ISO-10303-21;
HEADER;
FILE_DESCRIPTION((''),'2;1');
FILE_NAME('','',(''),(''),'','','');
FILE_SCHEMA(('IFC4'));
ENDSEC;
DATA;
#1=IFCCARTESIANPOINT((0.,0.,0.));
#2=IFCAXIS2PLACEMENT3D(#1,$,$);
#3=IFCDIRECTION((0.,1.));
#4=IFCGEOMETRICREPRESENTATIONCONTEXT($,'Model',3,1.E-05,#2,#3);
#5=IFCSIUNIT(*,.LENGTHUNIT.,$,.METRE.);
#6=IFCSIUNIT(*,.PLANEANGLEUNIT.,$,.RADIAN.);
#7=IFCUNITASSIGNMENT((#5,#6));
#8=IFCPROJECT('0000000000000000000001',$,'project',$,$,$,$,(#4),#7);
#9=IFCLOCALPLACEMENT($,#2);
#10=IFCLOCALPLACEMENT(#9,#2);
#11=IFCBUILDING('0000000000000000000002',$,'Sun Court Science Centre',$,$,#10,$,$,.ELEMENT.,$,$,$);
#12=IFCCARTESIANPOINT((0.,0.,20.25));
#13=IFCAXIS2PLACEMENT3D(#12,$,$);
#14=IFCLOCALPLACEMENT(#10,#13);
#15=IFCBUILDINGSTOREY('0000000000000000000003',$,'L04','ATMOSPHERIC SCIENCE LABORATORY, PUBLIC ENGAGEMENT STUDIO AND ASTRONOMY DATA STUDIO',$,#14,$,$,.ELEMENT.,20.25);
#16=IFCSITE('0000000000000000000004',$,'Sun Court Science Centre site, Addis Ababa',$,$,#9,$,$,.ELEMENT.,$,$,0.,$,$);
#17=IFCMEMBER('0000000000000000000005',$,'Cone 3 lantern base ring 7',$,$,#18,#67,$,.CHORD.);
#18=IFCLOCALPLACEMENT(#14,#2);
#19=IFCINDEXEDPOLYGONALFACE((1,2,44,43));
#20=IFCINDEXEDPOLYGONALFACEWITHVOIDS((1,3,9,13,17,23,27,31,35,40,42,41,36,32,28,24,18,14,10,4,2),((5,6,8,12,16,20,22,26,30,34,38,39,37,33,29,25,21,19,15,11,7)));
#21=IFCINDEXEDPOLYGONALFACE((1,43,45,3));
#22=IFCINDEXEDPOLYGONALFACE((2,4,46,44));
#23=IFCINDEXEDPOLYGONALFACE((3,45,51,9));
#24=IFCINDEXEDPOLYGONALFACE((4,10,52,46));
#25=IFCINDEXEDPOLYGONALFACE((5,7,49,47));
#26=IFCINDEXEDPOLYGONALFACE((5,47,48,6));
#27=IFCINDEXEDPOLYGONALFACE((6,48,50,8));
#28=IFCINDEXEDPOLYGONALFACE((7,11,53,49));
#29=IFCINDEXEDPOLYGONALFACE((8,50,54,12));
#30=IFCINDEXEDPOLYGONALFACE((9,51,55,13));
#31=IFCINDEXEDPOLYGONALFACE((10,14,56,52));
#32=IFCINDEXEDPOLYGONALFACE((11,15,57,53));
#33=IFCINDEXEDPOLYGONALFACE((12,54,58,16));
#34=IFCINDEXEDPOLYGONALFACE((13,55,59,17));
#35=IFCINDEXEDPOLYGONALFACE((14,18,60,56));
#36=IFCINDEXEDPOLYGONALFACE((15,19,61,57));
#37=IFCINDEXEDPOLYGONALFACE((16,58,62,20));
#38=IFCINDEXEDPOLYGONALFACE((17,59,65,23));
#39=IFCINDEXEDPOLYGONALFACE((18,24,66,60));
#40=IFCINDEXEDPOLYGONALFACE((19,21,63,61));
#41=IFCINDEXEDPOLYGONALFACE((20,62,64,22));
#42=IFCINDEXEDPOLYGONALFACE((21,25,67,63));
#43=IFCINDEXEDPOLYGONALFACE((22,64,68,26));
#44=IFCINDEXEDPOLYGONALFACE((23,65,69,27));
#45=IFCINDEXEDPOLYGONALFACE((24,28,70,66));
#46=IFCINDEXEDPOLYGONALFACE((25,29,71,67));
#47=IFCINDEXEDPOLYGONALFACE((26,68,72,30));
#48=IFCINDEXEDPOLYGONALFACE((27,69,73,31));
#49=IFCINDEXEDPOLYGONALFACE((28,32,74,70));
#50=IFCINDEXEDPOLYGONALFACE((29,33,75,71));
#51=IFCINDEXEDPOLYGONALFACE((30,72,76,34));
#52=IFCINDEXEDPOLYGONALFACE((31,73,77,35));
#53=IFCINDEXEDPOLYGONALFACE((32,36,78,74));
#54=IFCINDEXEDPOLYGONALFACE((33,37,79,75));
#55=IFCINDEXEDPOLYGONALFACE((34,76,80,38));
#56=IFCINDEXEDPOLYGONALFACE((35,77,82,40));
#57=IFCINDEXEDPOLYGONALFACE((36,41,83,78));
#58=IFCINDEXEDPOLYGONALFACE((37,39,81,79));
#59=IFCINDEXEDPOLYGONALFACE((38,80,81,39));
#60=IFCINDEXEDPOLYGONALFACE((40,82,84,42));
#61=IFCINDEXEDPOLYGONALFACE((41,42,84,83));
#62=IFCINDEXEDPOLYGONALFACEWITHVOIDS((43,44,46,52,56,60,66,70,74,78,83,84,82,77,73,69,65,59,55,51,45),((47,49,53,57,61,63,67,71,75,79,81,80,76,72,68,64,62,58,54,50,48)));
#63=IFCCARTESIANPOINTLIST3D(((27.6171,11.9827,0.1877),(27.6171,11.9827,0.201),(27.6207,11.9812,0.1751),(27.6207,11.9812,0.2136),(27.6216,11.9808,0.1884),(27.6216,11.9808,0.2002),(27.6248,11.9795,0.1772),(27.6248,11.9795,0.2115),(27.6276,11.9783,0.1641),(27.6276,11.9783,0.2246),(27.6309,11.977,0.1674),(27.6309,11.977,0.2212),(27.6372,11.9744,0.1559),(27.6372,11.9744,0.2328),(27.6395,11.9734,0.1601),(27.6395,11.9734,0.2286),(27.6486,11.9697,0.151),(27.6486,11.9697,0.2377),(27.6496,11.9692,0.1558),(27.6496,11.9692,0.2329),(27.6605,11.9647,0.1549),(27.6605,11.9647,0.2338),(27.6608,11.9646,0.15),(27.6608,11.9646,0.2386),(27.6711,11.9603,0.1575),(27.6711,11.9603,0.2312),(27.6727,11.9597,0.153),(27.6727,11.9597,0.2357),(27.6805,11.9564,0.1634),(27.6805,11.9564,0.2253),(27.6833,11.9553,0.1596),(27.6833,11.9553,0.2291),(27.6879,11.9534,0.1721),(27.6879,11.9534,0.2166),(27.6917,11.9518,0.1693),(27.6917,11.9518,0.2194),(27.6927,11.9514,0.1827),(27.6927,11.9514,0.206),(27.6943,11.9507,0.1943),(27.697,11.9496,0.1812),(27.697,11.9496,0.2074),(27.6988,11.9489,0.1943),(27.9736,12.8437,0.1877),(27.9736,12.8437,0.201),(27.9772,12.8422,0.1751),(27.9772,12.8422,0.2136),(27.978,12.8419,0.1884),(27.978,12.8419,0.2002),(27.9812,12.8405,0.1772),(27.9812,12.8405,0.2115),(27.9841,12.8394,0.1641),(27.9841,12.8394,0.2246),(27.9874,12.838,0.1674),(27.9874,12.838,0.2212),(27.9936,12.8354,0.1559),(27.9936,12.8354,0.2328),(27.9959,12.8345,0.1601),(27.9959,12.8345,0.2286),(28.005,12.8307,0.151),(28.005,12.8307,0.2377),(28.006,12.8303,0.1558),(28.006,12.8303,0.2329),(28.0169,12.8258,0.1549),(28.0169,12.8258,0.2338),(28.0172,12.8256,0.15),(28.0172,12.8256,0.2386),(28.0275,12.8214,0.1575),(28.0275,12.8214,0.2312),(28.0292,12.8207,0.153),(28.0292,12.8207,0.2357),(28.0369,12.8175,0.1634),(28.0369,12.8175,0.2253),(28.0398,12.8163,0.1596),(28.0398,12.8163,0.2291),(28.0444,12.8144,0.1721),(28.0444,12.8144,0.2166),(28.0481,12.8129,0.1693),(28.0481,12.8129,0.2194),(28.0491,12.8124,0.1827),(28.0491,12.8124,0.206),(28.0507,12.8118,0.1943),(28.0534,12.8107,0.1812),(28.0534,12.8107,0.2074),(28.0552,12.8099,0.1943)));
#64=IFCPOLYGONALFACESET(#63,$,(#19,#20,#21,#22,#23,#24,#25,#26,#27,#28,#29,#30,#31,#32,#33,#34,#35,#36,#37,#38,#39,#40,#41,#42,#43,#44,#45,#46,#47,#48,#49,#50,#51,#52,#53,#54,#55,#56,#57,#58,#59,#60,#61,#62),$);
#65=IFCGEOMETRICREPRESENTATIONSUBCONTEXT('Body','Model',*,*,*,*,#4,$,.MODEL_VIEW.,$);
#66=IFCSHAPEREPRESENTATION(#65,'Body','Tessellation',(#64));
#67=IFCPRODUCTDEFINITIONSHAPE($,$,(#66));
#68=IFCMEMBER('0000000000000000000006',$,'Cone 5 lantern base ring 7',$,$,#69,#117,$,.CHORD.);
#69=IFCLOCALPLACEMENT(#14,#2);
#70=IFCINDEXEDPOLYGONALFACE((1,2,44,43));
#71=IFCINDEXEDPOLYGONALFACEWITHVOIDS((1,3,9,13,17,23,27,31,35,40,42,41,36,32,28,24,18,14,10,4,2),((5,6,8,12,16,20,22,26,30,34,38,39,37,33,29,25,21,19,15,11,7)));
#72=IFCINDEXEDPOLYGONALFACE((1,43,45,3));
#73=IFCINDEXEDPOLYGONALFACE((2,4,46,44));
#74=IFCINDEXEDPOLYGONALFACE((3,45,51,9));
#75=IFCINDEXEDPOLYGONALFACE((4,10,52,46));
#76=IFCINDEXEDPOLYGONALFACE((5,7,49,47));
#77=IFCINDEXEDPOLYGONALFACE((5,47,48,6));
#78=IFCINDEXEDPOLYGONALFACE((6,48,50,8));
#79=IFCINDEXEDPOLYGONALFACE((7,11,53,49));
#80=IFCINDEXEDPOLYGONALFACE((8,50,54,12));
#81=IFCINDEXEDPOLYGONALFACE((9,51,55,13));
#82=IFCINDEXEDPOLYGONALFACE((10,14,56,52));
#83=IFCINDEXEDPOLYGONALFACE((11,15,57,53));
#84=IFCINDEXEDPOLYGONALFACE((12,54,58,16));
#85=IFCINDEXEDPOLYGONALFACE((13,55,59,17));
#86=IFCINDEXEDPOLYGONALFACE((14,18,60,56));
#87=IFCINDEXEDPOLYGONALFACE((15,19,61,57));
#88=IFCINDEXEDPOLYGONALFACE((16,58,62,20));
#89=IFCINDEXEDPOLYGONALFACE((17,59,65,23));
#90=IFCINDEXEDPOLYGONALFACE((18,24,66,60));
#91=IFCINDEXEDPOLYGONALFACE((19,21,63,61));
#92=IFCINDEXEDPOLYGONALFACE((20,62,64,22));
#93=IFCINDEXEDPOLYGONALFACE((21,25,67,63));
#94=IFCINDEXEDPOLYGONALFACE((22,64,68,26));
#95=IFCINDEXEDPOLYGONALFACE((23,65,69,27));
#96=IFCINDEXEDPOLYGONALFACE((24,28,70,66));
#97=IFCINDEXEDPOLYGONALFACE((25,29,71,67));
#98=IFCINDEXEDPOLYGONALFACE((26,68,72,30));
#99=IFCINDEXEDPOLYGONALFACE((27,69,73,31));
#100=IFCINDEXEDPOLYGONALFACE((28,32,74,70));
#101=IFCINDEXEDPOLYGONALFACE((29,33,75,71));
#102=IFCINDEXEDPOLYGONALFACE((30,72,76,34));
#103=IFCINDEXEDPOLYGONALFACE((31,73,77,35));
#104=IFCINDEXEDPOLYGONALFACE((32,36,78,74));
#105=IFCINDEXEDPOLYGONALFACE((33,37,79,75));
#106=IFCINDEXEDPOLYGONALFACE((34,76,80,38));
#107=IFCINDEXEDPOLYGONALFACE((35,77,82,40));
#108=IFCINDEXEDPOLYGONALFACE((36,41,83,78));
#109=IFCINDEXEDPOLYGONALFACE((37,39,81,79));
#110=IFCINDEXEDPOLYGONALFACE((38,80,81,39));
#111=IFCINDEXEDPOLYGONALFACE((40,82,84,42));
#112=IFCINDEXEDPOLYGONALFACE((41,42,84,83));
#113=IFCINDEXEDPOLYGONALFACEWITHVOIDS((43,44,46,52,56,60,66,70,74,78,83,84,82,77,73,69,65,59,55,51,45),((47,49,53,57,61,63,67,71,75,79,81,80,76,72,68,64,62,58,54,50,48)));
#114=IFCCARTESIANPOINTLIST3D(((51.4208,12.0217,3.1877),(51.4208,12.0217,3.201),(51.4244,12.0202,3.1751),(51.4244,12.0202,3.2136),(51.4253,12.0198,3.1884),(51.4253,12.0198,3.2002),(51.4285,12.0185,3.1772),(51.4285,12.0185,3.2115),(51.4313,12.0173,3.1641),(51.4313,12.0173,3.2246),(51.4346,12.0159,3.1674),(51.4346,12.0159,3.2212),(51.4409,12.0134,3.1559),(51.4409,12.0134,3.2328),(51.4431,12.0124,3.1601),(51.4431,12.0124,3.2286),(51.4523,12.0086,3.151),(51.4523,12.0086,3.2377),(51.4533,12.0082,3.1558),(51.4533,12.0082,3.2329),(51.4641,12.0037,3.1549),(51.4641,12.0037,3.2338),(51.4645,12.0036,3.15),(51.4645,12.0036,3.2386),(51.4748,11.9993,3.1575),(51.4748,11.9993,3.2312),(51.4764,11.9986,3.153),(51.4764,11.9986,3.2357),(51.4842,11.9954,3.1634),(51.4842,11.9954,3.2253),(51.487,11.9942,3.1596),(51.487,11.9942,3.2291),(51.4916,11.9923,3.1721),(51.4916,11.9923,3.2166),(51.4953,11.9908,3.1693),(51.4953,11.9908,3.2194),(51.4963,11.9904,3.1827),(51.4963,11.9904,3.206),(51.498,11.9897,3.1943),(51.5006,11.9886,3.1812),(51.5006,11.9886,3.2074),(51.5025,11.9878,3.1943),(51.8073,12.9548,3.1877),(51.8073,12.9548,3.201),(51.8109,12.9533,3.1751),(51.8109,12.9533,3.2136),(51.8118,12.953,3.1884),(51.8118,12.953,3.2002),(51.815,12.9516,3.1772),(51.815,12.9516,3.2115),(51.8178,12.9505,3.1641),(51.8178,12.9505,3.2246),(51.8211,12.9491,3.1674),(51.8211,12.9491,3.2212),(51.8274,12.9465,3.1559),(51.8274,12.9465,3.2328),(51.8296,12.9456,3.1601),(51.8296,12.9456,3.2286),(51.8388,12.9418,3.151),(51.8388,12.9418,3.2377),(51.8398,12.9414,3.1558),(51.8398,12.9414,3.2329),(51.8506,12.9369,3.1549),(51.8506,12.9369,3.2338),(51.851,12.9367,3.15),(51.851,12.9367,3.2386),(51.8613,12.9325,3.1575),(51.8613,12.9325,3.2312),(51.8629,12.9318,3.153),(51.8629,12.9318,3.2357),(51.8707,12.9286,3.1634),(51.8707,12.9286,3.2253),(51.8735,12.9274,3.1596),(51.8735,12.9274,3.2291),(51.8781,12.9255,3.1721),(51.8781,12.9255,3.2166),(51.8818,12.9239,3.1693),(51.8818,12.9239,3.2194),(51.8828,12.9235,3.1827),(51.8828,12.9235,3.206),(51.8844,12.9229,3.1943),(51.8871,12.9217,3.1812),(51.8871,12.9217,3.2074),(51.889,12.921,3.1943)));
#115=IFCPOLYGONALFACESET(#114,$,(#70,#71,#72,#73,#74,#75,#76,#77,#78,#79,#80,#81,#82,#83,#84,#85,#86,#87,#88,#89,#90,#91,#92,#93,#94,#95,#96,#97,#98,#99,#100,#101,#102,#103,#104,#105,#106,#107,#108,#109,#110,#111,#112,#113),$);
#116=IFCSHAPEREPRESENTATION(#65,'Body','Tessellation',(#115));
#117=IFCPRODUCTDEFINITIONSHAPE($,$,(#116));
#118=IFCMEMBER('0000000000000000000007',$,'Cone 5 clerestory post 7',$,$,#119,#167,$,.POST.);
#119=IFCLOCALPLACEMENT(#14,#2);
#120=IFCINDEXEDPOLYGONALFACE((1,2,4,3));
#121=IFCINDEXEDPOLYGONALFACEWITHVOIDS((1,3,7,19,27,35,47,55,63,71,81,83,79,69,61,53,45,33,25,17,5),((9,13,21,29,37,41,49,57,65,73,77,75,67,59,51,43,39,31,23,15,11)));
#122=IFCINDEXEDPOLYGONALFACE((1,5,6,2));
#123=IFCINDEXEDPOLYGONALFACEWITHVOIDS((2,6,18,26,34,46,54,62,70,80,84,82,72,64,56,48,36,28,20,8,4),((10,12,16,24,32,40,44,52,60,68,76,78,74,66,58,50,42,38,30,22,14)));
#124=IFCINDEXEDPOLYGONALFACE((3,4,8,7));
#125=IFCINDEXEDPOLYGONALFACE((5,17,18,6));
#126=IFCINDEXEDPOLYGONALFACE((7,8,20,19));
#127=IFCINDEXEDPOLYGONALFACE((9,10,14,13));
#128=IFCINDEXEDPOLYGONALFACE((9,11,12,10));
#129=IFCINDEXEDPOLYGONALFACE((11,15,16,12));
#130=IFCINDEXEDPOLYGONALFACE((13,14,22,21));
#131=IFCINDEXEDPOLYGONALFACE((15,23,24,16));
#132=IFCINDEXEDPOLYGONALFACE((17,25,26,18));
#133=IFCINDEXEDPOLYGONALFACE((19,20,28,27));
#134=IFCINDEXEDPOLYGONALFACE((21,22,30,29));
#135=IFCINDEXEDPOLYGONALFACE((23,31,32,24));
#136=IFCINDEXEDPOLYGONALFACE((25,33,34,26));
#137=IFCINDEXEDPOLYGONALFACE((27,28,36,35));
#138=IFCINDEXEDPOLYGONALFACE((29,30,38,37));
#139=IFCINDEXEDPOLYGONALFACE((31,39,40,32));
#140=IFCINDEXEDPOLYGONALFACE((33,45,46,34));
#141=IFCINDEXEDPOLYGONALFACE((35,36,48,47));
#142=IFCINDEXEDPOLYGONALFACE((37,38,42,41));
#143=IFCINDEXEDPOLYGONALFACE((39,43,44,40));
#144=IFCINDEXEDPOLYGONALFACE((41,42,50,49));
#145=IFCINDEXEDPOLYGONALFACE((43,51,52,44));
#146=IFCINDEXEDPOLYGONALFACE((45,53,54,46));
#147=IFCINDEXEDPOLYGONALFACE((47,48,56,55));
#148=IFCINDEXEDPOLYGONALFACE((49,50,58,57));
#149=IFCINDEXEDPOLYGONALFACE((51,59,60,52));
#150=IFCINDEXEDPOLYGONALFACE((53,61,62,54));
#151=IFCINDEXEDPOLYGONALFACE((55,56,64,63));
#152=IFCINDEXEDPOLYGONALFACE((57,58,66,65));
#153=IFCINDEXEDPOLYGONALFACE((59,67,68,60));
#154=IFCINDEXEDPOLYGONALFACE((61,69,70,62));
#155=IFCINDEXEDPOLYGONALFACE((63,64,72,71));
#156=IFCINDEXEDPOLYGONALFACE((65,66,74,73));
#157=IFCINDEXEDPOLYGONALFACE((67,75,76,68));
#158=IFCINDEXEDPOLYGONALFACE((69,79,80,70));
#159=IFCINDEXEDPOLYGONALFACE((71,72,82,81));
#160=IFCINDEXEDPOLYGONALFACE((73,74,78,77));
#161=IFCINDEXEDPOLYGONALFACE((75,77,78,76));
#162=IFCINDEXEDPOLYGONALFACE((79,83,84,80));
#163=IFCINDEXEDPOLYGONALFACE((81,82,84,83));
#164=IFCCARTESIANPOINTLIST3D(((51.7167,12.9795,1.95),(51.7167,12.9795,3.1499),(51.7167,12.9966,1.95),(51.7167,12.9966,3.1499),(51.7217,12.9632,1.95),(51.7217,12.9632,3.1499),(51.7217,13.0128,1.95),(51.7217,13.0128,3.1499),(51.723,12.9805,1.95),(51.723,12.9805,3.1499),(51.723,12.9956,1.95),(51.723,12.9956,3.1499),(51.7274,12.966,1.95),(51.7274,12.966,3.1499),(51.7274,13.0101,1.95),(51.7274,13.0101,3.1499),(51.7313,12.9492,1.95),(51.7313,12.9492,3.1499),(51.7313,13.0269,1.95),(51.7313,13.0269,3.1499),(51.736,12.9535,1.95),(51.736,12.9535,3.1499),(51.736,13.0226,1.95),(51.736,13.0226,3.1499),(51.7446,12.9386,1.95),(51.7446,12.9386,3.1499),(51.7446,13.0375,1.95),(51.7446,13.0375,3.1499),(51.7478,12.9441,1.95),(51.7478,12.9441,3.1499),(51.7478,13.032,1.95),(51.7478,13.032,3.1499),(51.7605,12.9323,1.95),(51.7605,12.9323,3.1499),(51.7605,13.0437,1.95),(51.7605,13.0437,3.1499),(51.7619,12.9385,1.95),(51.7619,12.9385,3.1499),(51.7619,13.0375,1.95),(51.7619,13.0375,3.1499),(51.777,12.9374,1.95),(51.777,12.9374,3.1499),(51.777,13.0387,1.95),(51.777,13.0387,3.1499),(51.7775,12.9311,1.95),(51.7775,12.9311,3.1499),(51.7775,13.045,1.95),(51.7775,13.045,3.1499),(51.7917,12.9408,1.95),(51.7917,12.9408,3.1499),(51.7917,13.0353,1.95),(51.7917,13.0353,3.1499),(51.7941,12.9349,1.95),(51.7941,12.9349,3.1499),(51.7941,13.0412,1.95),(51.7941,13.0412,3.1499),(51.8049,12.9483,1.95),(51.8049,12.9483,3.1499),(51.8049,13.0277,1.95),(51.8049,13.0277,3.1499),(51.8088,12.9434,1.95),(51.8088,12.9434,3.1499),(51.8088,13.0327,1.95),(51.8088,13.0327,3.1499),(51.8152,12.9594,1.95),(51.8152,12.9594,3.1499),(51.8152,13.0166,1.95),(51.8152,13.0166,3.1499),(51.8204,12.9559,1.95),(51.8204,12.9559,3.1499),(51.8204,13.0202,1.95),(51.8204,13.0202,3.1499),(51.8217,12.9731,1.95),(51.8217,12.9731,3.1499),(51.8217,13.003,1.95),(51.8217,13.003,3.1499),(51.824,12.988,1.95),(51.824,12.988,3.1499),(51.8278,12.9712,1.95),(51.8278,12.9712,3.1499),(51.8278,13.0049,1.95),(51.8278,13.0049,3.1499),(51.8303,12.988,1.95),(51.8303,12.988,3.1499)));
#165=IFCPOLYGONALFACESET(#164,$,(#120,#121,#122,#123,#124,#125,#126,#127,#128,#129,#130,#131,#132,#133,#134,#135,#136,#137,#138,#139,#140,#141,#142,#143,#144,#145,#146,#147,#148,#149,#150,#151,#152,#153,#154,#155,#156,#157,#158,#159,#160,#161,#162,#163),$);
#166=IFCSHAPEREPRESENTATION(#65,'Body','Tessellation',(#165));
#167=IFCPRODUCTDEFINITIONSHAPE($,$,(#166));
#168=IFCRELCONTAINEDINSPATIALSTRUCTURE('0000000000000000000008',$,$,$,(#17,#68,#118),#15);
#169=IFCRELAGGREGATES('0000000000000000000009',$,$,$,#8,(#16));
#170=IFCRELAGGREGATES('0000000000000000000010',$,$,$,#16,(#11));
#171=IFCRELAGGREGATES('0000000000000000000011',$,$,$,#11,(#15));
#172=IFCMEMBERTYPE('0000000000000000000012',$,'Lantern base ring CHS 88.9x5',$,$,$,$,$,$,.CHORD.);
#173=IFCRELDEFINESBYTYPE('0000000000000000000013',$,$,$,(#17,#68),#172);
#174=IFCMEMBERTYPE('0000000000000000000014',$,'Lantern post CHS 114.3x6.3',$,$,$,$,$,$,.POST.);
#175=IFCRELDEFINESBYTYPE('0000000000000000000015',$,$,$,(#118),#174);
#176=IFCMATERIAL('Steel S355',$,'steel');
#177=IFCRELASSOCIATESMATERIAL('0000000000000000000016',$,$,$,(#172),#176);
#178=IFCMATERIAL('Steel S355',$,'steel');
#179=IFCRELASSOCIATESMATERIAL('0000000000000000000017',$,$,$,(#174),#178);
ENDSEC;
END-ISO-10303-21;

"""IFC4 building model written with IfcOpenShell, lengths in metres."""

from ifc_helpers import new_model, si_unit, direction, frame, origin, origin_2d, place, context, subcontext, project, spatial, hollow_circle, extrude, material, material_profile, profile_set, type_object, element, save


model = new_model("IFC4")

# Units and contexts
model_context = context("Model", 3, precision=1e-05, world=origin(), true_north=direction((0.0, 1.0)))
body_context = subcontext(model_context, "Body", "Model", "MODEL_VIEW")
ifc_project = project(units=[si_unit("LENGTHUNIT", "METRE"), si_unit("PLANEANGLEUNIT", "RADIAN")], contexts=[model_context])

# Site, building, storey
site_placement = place(None, origin())
site = spatial("IfcSite", under=ifc_project, at=site_placement, Name="Sun Court Science Centre site, Addis Ababa", CompositionType="ELEMENT", RefElevation=0.0)
building_placement = place(site_placement, origin())
building = spatial("IfcBuilding", under=site, at=building_placement, Name="Sun Court Science Centre", CompositionType="ELEMENT")
storey_placement = place(building_placement, frame((0.0, 0.0, 20.25)))
storey = spatial("IfcBuildingStorey", under=building, at=storey_placement, Name="L04", Description="ATMOSPHERIC SCIENCE LABORATORY, PUBLIC ENGAGEMENT STUDIO AND ASTRONOMY DATA STUDIO", CompositionType="ELEMENT", Elevation=20.25)

# Members
ifc_material_1 = material(Name="Steel S355", Category="steel")
ifc_material_profile_1 = material_profile(ifc_material_1, hollow_circle(Radius=0.0444, WallThickness=0.0049, at=origin_2d()), Name="CHS 88.9x5")
ifc_profile_set_1 = profile_set([ifc_material_profile_1], Name="Steel S355")
member_type_1 = type_object("IfcMemberType", Name="Lantern base ring CHS 88.9x5", PredefinedType="CHORD", material=ifc_profile_set_1)
for number, where, z_axis, x_axis, name in (
    (1, (28.0142, 12.8269, 0.1943), (-0.382475, -0.923966, 0.0), (0.923966, -0.382475, 0.0), "Cone 3 lantern base ring 7"),
):
    element("IfcMember", number, at=place(storey_placement, frame(where, z_axis=z_axis, x_axis=x_axis)), inside=storey, type_object=member_type_1, Name=name, PredefinedType="CHORD", context=body_context, shape_type="SweptSolid", body=[
        extrude(hollow_circle(Radius=0.0444, WallThickness=0.0049, at=origin_2d()), origin(), (0.0, 0.0, 1.0), 0.9319),
    ])
member_1_placement = place(storey_placement, frame((51.8479, 12.938, 3.1943), z_axis=(-0.382658, -0.92389, 0.0), x_axis=(0.92389, -0.382658, 0.0)))
element("IfcMember", 2, at=member_1_placement, inside=storey, type_object=member_type_1, Name="Cone 5 lantern base ring 7", PredefinedType="CHORD", context=body_context, shape_type="SweptSolid", body=[
    extrude(hollow_circle(Radius=0.0444, WallThickness=0.0049, at=origin_2d()), origin(), (0.0, 0.0, 1.0), 1.01),
])
ifc_material_2 = material(Name="Steel S355", Category="steel")
ifc_material_profile_2 = material_profile(ifc_material_2, hollow_circle(Radius=0.0571, WallThickness=0.0063, at=origin_2d()), Name="CHS 114.3x6.3")
ifc_profile_set_2 = profile_set([ifc_material_profile_2], Name="Steel S355")
member_type_2 = type_object("IfcMemberType", Name="Lantern post CHS 114.3x6.3", PredefinedType="POST", material=ifc_profile_set_2)
member_2_placement = place(storey_placement, frame((51.7732, 12.988, 1.95), z_axis=(0.0, 0.0, 1.0), x_axis=(1.0, 0.0, 0.0)))
element("IfcMember", 3, at=member_2_placement, inside=storey, type_object=member_type_2, Name="Cone 5 clerestory post 7", PredefinedType="POST", context=body_context, shape_type="SweptSolid", body=[
    extrude(hollow_circle(Radius=0.0571, WallThickness=0.0063, at=origin_2d()), origin(), (0.0, 0.0, 1.0), 1.2),
])

save(model, "model.ifc")
